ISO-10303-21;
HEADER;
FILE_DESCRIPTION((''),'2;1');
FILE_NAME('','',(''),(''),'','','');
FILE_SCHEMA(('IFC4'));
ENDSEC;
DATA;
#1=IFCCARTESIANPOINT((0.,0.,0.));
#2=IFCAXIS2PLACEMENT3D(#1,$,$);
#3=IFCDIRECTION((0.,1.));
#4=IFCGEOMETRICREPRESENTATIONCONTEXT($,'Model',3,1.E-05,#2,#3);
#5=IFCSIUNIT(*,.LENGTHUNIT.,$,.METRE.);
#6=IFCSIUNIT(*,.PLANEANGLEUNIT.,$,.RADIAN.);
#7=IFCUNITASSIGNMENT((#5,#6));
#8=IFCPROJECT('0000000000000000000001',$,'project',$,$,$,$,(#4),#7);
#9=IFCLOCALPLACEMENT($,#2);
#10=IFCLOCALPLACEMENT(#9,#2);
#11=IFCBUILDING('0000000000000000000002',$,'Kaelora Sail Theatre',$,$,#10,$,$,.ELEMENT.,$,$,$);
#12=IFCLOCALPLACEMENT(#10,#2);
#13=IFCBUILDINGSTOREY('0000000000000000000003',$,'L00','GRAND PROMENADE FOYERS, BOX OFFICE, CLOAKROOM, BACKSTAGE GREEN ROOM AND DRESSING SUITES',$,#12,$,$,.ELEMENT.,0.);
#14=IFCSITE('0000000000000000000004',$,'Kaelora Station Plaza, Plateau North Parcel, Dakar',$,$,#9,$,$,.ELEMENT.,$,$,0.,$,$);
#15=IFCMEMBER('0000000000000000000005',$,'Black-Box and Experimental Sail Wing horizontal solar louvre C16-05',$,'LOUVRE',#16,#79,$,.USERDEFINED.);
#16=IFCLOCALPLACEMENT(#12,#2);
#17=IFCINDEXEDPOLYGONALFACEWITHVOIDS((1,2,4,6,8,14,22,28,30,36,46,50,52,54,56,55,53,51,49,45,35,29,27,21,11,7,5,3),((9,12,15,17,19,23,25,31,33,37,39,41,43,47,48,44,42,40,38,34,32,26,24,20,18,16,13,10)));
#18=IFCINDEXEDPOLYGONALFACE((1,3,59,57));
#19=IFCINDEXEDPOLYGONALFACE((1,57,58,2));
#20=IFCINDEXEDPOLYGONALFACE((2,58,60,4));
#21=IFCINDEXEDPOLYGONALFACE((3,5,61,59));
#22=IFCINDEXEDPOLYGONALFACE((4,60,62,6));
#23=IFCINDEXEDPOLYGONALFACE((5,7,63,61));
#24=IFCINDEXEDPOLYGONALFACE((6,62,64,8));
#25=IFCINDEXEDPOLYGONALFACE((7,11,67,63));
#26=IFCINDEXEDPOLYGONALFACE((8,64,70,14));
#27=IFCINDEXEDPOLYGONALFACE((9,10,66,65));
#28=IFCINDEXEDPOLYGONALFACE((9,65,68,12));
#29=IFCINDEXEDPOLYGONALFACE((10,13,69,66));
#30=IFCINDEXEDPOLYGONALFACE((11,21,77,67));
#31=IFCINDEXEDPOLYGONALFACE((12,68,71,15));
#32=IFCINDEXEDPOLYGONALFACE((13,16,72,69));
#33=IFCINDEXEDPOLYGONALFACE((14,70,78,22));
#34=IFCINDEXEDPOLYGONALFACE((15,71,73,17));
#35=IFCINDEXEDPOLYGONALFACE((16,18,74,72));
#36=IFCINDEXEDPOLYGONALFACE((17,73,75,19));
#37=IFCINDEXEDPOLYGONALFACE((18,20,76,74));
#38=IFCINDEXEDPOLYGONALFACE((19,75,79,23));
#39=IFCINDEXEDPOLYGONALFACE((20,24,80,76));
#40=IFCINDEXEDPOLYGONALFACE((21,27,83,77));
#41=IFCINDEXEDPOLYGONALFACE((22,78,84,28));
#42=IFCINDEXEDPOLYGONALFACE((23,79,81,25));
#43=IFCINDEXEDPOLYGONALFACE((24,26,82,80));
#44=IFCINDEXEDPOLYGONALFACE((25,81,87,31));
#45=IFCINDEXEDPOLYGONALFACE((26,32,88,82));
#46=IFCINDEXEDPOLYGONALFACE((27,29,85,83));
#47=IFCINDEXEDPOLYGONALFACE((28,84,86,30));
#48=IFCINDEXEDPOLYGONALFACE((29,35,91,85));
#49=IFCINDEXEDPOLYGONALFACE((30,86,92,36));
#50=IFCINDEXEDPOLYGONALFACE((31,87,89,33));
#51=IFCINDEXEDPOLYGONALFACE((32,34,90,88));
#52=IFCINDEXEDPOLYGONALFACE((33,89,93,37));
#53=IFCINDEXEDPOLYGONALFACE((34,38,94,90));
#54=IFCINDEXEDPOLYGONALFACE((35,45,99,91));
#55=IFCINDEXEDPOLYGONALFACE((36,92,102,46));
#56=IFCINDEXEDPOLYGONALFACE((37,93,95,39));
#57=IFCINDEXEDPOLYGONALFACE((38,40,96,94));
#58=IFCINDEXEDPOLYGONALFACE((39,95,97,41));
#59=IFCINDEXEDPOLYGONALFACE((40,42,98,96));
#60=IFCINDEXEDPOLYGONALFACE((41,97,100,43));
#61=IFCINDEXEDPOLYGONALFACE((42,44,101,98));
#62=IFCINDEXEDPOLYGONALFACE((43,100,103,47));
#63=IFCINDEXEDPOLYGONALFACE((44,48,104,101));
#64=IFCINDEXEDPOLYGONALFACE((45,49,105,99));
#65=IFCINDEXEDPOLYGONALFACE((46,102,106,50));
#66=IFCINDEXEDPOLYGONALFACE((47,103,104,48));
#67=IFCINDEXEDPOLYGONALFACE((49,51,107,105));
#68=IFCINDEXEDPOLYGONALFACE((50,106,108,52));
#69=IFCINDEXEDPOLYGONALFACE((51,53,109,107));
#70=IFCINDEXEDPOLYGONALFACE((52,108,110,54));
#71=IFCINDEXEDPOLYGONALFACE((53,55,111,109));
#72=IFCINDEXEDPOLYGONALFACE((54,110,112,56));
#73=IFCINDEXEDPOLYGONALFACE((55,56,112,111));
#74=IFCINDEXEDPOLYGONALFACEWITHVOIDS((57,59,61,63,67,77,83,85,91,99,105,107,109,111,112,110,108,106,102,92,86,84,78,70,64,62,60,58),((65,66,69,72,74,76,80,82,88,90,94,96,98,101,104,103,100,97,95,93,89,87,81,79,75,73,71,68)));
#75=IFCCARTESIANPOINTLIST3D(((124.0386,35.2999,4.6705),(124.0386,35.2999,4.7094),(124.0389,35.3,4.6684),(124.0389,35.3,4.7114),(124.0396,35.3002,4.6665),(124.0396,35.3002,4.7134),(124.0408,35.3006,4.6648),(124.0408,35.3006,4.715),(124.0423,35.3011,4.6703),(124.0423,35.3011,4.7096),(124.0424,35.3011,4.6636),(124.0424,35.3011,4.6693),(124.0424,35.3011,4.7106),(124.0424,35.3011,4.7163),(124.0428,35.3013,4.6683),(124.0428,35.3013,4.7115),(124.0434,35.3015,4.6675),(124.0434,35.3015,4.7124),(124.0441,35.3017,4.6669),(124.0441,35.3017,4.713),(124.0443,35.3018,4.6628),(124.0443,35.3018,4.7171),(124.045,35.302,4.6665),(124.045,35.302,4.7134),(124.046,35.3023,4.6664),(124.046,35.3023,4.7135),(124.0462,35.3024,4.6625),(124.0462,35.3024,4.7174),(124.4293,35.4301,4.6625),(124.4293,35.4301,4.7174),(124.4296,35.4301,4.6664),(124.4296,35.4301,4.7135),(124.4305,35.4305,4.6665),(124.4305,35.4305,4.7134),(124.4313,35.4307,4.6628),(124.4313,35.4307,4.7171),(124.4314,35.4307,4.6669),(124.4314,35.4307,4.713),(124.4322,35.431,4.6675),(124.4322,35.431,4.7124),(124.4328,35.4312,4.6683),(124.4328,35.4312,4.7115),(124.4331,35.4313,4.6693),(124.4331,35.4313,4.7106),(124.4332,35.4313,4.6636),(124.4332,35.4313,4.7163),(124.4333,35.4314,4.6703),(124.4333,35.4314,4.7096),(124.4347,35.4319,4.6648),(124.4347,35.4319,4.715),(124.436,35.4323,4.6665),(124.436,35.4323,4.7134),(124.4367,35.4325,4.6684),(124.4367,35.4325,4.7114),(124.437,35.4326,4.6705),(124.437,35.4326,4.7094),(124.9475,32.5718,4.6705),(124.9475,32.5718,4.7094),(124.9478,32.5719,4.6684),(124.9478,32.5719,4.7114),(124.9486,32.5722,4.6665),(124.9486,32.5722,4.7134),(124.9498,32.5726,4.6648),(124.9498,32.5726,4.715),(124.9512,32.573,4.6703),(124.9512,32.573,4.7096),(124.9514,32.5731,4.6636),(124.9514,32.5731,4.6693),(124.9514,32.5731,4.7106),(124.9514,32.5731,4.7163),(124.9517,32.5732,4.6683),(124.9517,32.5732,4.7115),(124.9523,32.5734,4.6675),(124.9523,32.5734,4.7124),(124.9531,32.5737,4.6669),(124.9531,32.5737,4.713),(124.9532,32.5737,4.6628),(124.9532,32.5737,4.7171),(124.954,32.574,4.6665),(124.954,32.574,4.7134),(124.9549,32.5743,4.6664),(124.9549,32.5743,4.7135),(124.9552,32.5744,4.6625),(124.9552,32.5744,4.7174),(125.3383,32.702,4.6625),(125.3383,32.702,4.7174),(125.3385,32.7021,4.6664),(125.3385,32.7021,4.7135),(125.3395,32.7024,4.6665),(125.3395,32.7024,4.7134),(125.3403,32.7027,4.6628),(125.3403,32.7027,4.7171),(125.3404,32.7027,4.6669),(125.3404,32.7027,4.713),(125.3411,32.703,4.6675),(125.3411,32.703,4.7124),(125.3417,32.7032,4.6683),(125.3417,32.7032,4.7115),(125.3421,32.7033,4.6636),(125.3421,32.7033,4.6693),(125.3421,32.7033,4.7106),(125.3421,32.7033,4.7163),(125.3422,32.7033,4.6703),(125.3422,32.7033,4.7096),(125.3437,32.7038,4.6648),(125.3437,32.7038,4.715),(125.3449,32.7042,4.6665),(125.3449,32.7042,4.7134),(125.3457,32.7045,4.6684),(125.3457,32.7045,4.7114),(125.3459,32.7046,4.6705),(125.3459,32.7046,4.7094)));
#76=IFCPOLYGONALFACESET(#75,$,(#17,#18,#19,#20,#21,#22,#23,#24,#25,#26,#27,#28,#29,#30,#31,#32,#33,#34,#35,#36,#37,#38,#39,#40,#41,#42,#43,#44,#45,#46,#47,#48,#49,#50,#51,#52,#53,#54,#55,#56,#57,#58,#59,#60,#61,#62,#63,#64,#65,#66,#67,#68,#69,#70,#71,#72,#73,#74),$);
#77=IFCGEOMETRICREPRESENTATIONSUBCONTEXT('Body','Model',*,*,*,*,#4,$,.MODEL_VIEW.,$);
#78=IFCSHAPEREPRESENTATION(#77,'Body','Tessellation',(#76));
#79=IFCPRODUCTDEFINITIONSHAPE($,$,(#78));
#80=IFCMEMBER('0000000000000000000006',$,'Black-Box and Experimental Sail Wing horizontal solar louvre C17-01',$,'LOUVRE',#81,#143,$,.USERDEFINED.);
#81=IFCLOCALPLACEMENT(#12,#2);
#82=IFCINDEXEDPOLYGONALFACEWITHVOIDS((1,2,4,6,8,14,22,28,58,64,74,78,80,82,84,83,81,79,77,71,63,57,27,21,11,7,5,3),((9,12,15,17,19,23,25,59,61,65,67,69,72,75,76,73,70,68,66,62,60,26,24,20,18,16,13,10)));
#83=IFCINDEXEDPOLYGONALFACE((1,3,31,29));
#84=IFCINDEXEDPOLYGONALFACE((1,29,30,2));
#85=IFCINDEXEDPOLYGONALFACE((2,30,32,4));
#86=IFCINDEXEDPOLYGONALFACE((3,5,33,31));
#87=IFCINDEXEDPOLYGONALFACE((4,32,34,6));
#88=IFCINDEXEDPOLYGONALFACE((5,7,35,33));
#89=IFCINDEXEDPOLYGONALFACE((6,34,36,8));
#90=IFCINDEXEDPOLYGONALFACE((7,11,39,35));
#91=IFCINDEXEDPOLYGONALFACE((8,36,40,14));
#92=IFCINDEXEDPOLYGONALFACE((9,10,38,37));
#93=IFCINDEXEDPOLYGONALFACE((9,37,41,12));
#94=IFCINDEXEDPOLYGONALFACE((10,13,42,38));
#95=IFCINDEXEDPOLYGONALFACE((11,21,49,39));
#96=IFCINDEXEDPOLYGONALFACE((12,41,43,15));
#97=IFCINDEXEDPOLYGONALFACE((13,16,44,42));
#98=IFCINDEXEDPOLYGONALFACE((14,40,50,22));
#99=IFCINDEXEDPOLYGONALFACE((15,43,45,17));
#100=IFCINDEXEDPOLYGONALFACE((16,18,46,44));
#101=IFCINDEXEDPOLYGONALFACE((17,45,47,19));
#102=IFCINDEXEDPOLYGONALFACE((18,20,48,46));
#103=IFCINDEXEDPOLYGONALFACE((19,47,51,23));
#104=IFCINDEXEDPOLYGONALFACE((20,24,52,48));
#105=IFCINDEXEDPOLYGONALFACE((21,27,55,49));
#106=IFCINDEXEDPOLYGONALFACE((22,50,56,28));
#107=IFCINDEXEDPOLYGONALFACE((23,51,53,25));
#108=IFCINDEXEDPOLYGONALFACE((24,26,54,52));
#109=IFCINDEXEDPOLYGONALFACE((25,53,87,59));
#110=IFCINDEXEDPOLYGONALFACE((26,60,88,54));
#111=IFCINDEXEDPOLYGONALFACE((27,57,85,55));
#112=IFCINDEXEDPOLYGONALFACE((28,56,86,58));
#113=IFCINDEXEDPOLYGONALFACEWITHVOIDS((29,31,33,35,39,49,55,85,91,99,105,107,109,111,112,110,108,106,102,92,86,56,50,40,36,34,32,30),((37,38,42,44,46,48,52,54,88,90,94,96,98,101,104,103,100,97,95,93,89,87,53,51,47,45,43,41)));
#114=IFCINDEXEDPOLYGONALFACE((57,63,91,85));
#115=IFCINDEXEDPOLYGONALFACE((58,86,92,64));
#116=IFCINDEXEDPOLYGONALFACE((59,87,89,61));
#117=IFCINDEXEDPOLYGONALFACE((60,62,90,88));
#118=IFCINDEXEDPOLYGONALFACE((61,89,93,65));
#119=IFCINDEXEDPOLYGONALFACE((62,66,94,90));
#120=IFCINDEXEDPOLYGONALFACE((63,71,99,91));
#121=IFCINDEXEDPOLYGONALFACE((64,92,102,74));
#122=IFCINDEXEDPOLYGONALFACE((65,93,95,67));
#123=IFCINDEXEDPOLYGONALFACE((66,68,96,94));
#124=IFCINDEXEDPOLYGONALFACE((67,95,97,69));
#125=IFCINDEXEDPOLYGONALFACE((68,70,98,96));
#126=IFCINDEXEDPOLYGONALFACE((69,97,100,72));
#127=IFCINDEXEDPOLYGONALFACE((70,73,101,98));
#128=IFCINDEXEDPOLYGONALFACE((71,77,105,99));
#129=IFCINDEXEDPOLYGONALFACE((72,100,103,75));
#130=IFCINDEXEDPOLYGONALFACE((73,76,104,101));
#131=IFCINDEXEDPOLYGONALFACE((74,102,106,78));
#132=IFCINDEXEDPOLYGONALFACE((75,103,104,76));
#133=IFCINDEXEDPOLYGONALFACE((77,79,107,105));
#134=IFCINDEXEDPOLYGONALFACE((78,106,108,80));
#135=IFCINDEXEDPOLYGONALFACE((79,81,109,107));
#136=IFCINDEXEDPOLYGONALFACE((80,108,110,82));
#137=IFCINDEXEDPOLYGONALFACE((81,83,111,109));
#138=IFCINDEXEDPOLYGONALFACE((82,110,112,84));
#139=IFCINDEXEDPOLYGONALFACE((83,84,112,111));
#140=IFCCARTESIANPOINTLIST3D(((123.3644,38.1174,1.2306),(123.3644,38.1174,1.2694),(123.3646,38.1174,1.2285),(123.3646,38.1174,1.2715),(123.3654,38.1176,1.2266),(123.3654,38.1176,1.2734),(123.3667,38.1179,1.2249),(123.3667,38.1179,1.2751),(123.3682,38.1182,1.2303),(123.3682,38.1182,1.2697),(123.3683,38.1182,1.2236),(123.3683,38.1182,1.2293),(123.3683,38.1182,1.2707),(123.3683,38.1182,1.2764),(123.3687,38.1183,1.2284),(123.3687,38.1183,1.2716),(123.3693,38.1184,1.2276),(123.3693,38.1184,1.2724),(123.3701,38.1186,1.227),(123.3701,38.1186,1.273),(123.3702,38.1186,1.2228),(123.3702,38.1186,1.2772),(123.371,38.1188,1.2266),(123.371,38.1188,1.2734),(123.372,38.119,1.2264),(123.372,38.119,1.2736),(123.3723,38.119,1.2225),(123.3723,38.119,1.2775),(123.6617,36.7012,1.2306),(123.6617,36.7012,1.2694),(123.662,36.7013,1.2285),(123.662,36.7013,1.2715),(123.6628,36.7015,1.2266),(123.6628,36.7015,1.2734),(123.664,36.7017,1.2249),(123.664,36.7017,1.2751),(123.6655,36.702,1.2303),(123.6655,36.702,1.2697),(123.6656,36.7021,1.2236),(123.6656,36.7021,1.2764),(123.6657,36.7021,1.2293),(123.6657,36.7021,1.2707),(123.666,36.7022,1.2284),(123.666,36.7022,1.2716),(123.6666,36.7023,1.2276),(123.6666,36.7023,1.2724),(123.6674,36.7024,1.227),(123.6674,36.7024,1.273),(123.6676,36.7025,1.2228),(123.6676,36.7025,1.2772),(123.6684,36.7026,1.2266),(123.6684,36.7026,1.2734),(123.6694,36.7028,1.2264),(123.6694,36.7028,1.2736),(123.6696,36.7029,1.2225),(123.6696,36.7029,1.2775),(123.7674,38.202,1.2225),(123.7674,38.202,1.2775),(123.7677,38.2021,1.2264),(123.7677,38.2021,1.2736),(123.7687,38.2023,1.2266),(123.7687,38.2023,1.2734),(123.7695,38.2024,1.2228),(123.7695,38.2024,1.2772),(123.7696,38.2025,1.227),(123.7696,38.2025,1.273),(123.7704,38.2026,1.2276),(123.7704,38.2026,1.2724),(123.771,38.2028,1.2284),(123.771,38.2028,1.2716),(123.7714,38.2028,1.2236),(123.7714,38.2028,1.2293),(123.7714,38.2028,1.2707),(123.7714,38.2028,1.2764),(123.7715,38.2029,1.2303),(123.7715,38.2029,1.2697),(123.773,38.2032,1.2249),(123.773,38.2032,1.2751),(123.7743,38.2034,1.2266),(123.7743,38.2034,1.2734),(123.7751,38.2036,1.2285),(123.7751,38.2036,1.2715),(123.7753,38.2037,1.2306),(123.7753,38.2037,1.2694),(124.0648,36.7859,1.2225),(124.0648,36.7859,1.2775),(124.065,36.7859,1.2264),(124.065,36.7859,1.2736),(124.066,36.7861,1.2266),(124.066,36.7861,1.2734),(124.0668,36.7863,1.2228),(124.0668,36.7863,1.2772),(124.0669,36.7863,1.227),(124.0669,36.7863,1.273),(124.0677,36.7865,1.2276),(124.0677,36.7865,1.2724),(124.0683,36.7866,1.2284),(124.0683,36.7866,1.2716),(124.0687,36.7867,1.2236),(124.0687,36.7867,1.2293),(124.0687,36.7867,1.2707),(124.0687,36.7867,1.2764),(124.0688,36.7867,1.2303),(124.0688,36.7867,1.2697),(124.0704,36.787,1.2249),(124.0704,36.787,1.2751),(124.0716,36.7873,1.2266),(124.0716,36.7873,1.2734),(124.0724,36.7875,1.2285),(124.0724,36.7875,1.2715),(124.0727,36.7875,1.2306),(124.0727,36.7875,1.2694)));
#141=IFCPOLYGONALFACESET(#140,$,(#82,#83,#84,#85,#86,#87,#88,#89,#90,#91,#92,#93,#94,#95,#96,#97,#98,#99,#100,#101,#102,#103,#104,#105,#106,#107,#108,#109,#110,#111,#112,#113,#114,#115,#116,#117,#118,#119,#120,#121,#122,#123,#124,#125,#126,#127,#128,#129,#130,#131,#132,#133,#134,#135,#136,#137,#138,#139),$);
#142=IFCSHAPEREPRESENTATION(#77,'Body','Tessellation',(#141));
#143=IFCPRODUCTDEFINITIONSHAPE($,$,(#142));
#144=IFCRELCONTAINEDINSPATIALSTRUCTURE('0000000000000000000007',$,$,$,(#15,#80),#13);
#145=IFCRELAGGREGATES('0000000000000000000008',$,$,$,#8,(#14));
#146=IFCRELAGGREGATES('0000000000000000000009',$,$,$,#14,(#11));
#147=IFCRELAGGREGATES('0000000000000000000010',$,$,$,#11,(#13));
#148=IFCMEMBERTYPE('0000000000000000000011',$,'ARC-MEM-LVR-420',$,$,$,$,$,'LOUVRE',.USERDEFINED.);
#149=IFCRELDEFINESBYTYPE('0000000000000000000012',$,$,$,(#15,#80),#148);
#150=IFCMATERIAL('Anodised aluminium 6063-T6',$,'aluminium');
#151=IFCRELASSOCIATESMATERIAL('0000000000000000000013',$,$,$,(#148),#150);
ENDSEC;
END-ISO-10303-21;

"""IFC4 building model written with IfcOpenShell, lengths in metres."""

from ifc_helpers import new_model, si_unit, direction, frame, origin, origin_2d, place, context, subcontext, project, spatial, hollow_rectangle, extrude, material, material_profile, profile_set, type_object, element, save


model = new_model("IFC4")

# Units and contexts
model_context = context("Model", 3, precision=1e-05, world=origin(), true_north=direction((0.0, 1.0)))
body_context = subcontext(model_context, "Body", "Model", "MODEL_VIEW")
ifc_project = project(units=[si_unit("LENGTHUNIT", "METRE"), si_unit("PLANEANGLEUNIT", "RADIAN")], contexts=[model_context])

# Site, building, storey
site_placement = place(None, origin())
site = spatial("IfcSite", under=ifc_project, at=site_placement, Name="Kaelora Station Plaza, Plateau North Parcel, Dakar", CompositionType="ELEMENT", RefElevation=0.0)
building_placement = place(site_placement, origin())
building = spatial("IfcBuilding", under=site, at=building_placement, Name="Kaelora Sail Theatre", CompositionType="ELEMENT")
storey_placement = place(building_placement, origin())
storey = spatial("IfcBuildingStorey", under=building, at=storey_placement, Name="L00", Description="GRAND PROMENADE FOYERS, BOX OFFICE, CLOAKROOM, BACKSTAGE GREEN ROOM AND DRESSING SUITES", CompositionType="ELEMENT", Elevation=0.0)

# Members
ifc_material_1 = material(Name="Anodised aluminium 6063-T6", Category="aluminium")
ifc_material_profile_1 = material_profile(ifc_material_1, hollow_rectangle(XDim=0.4199, YDim=0.0549, WallThickness=0.0039, InnerFilletRadius=0.0039, OuterFilletRadius=0.0081, at=origin_2d()), Name="LOUVRE 420x55x4")
ifc_profile_set_1 = profile_set([ifc_material_profile_1], Name="Anodised aluminium 6063-T6")
member_type_1 = type_object("IfcMemberType", Name="ARC-MEM-LVR-420", ElementType="LOUVRE", PredefinedType="USERDEFINED", material=ifc_profile_set_1)
for number, where, z_axis, x_axis, name in (
    (1, (125.1467, 32.6382, 4.6899), (-0.3161, 0.948726, 0.0), (-0.948726, -0.3161, 0.0), "Black-Box and Experimental Sail Wing horizontal solar louvre C16-05"),
):
    element("IfcMember", number, at=place(storey_placement, frame(where, z_axis=z_axis, x_axis=x_axis)), inside=storey, type_object=member_type_1, Name=name, ObjectType="LOUVRE", PredefinedType="USERDEFINED", context=body_context, shape_type="SweptSolid", body=[
        extrude(hollow_rectangle(XDim=0.4199, YDim=0.0549, WallThickness=0.0039, InnerFilletRadius=0.0039, OuterFilletRadius=0.0081, at=origin_2d()), origin(), (0.0, 0.0, 1.0), 2.8755),
    ])
for number, where, z_axis, x_axis, name in (
    (2, (123.8672, 36.7444, 1.25), (-0.205483, 0.978661, 0.0), (-0.978661, -0.205483, 0.0), "Black-Box and Experimental Sail Wing horizontal solar louvre C17-01"),
):
    element("IfcMember", number, at=place(storey_placement, frame(where, z_axis=z_axis, x_axis=x_axis)), inside=storey, type_object=member_type_1, Name=name, ObjectType="LOUVRE", PredefinedType="USERDEFINED", context=body_context, shape_type="SweptSolid", body=[
        extrude(hollow_rectangle(XDim=0.4199, YDim=0.0549, WallThickness=0.0039, InnerFilletRadius=0.0039, OuterFilletRadius=0.0081, at=origin_2d()), origin(), (0.0, 0.0, 1.0), 1.447),
    ])

save(model, "model.ifc")
